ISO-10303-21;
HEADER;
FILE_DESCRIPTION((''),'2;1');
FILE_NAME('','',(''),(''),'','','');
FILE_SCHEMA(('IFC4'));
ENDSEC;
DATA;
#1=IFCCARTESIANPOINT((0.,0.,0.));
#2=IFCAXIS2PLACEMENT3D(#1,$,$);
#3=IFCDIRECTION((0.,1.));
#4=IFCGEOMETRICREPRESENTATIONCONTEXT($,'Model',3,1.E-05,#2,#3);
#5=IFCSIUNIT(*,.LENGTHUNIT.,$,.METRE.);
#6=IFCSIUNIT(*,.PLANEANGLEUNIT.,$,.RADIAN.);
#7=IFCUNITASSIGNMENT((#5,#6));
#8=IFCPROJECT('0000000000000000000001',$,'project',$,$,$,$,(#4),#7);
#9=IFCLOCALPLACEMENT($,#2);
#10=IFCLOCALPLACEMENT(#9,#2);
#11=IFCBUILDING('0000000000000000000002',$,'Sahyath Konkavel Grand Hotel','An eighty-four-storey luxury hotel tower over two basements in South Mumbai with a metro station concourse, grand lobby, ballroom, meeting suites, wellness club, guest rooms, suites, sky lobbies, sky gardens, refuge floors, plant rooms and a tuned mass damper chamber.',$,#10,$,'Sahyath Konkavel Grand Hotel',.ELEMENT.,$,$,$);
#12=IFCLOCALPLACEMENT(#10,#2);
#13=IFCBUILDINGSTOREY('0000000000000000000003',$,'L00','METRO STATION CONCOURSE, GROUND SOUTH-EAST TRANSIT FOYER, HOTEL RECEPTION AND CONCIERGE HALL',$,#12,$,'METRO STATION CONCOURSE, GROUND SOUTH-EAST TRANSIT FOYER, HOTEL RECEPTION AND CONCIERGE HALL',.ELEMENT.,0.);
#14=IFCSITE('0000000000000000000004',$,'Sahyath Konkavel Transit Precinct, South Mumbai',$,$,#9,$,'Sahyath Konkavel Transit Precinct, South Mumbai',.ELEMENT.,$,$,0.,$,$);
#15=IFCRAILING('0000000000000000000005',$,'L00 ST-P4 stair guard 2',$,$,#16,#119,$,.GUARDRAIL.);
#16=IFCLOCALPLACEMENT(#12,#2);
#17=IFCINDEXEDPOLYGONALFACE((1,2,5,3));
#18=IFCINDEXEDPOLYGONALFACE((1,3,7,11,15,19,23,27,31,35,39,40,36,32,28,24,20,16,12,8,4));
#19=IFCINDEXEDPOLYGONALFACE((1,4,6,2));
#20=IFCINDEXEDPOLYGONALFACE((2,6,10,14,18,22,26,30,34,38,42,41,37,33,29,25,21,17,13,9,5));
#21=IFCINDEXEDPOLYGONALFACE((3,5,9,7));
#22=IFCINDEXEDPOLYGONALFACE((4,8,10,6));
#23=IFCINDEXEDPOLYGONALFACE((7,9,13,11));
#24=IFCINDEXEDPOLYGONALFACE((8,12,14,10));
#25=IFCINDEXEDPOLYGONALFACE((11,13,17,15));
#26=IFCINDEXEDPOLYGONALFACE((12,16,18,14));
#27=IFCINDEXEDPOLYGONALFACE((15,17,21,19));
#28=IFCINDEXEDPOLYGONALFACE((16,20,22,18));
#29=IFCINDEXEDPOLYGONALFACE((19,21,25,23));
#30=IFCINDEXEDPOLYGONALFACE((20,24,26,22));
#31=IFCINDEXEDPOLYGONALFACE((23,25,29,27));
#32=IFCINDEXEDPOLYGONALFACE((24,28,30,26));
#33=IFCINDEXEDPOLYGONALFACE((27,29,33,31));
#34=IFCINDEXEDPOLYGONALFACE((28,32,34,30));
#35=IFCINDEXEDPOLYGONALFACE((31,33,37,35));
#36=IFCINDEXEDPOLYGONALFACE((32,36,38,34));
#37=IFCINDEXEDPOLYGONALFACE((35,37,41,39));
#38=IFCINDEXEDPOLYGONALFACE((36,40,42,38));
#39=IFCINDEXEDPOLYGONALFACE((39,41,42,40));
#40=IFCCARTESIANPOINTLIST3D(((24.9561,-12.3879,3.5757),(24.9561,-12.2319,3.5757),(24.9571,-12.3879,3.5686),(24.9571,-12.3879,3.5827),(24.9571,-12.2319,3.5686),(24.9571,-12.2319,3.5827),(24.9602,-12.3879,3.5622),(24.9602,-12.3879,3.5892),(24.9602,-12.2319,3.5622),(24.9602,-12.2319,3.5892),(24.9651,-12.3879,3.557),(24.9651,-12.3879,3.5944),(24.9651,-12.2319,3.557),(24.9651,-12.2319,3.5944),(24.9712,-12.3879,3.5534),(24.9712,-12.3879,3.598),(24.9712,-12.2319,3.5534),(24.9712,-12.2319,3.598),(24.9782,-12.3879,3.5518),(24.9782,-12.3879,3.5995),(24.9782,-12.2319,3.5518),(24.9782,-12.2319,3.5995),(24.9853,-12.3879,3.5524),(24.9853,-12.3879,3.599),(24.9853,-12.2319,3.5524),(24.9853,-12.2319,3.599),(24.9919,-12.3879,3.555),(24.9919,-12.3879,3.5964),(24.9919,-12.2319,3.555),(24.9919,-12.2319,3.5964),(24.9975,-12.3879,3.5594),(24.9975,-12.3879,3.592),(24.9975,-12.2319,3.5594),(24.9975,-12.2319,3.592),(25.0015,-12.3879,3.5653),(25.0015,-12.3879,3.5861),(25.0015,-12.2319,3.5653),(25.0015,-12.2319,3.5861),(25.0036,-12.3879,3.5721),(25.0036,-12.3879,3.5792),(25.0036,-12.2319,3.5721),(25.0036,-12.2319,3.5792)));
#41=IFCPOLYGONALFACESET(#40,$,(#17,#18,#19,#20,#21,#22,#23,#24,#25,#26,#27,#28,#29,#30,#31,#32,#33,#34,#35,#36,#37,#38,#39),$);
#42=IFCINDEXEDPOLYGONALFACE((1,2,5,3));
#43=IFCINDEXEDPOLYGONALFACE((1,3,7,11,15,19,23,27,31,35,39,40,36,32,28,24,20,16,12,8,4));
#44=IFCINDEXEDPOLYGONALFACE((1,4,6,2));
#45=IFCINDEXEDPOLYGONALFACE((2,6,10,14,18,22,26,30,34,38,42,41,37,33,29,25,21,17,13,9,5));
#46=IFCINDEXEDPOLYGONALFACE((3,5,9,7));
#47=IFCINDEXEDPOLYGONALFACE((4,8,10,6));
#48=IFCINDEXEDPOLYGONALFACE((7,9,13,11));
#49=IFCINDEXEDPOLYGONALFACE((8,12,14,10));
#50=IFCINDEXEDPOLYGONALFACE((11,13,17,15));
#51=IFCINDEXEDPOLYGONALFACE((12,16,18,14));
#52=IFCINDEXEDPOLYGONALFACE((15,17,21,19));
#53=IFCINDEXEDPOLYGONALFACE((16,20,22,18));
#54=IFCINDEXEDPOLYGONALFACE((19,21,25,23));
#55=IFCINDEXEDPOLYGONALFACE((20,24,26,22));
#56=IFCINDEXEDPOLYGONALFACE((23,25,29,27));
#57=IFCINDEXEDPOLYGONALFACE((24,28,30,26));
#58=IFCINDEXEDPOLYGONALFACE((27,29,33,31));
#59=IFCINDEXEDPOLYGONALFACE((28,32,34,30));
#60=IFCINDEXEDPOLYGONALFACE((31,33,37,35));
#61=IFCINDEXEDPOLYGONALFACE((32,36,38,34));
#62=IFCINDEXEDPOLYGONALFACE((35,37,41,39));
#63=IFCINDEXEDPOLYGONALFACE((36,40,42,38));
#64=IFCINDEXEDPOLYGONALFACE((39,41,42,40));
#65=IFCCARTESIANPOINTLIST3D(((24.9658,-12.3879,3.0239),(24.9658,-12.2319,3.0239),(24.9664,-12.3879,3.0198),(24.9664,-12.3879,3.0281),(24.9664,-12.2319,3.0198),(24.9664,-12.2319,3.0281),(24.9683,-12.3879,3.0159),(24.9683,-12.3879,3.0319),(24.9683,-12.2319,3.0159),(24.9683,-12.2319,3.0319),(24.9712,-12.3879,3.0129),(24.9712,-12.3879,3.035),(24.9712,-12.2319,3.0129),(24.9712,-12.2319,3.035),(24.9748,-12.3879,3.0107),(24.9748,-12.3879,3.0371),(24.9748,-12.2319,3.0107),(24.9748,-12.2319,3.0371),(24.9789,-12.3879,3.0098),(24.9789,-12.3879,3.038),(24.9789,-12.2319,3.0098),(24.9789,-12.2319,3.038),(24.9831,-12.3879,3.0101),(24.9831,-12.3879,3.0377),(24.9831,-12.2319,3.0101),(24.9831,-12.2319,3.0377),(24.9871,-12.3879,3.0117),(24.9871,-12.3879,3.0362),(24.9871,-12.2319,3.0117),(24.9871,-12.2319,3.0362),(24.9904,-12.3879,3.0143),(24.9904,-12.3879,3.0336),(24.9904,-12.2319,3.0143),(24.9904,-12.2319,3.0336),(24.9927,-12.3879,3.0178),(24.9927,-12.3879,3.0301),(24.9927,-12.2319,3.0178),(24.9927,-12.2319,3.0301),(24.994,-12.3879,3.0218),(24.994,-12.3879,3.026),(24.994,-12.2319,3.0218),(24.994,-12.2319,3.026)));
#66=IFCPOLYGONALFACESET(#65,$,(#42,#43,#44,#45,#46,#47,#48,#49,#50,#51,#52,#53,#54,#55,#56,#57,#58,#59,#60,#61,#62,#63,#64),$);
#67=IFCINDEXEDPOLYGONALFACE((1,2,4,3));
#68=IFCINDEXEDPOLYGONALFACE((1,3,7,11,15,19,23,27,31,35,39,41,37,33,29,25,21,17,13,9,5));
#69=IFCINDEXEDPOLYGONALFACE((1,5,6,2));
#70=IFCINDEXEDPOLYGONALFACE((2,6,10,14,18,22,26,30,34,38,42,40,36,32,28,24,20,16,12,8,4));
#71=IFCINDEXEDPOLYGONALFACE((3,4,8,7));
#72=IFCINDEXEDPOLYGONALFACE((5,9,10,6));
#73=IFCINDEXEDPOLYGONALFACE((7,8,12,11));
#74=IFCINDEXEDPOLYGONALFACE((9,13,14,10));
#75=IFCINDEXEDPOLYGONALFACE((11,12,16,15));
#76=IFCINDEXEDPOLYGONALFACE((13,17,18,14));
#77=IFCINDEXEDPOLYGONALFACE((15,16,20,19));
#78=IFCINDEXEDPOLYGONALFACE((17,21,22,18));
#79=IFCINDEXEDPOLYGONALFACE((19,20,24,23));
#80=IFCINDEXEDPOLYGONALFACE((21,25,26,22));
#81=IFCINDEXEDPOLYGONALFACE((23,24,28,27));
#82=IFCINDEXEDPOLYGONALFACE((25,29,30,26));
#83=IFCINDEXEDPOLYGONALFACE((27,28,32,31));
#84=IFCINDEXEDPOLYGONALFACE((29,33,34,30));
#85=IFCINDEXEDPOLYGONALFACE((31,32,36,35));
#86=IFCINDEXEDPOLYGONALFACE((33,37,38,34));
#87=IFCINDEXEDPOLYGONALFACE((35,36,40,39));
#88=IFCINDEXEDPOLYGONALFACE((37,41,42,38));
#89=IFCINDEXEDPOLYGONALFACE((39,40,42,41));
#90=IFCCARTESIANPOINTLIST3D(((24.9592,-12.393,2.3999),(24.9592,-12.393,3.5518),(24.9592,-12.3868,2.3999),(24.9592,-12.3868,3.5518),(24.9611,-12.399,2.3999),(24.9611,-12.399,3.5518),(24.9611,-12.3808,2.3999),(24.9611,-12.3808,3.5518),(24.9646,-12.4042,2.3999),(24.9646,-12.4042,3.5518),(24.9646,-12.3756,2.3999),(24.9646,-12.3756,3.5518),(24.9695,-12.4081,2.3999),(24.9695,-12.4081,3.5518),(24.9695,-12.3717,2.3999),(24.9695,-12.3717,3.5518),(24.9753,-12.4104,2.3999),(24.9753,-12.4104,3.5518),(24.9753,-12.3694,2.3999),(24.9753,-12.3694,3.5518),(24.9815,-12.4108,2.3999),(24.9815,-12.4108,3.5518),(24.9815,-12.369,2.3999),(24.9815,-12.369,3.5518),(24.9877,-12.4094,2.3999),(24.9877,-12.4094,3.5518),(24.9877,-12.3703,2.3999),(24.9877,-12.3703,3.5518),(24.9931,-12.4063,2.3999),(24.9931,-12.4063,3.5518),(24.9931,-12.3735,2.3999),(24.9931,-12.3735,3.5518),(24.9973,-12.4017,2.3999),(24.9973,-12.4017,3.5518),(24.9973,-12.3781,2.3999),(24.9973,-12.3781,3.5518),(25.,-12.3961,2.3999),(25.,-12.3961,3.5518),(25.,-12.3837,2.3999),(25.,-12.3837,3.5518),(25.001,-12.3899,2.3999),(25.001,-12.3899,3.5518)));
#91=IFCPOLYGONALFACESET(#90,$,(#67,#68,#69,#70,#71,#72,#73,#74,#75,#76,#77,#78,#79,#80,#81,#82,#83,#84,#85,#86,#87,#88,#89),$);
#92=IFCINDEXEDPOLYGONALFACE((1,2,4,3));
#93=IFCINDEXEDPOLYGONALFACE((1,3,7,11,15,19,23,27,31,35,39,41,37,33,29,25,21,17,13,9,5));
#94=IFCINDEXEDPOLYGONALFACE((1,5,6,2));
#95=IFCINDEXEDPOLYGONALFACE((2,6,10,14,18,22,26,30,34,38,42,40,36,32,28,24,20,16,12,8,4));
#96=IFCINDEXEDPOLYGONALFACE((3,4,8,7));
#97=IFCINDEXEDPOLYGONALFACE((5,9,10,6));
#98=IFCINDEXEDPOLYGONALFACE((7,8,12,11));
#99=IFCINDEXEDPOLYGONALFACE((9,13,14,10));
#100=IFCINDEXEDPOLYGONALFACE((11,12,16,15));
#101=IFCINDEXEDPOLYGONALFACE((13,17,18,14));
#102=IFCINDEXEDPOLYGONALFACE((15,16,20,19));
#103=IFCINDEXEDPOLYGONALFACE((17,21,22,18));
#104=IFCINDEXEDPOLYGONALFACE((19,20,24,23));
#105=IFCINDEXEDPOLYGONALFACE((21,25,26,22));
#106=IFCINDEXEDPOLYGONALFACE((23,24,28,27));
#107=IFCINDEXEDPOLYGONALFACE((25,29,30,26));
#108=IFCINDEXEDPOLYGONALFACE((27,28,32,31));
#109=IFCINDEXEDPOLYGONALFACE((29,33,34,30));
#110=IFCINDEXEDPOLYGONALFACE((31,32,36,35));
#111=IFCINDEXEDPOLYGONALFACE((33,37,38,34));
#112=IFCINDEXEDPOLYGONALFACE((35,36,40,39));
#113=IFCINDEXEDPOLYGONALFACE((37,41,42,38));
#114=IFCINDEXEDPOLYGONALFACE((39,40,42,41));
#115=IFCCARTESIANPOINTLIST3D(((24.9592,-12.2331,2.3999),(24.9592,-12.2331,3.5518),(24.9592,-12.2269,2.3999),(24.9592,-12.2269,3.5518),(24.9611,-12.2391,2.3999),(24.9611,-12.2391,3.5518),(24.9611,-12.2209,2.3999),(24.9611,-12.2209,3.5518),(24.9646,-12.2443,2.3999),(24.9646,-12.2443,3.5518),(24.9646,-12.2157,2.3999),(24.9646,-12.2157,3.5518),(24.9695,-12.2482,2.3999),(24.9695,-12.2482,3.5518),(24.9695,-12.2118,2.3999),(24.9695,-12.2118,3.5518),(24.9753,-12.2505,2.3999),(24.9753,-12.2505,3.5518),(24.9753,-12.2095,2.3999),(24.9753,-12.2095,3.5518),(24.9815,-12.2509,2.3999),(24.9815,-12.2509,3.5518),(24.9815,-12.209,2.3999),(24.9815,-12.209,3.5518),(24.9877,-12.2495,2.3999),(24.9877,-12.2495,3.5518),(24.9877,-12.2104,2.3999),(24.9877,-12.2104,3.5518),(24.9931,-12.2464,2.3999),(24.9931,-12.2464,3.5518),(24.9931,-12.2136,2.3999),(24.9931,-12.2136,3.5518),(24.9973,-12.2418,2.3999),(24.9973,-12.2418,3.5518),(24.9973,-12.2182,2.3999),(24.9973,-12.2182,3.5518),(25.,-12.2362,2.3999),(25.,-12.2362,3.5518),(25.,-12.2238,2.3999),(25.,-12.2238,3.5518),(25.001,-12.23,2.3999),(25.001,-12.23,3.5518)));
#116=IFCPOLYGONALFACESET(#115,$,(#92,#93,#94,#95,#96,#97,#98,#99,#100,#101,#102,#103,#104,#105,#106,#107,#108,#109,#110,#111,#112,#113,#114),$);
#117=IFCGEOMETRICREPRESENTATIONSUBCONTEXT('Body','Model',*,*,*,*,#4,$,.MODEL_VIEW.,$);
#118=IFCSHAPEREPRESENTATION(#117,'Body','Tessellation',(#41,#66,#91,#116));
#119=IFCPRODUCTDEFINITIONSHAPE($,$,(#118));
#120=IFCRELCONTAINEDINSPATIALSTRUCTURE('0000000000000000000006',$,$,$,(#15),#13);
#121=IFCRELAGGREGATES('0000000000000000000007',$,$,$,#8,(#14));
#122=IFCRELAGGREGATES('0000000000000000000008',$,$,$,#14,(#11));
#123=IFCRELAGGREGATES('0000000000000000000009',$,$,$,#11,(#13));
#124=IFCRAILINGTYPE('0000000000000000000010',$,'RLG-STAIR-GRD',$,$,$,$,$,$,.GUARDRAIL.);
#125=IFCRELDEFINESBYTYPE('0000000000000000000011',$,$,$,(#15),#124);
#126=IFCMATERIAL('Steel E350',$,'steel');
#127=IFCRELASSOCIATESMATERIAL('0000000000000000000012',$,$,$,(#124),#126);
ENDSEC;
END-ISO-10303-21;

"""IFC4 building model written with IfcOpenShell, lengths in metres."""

from ifc_helpers import new_model, si_unit, direction, frame, origin, origin_2d, place, context, subcontext, project, spatial, circle, extrude, material, type_object, element, save


model = new_model("IFC4")

# Units and contexts
model_context = context("Model", 3, precision=1e-05, world=origin(), true_north=direction((0.0, 1.0)))
body_context = subcontext(model_context, "Body", "Model", "MODEL_VIEW")
ifc_project = project(units=[si_unit("LENGTHUNIT", "METRE"), si_unit("PLANEANGLEUNIT", "RADIAN")], contexts=[model_context])

# Site, building, storey
site_placement = place(None, origin())
site = spatial("IfcSite", under=ifc_project, at=site_placement, Name="Sahyath Konkavel Transit Precinct, South Mumbai", LongName="Sahyath Konkavel Transit Precinct, South Mumbai", CompositionType="ELEMENT", RefElevation=0.0)
building_placement = place(site_placement, origin())
building = spatial("IfcBuilding", under=site, at=building_placement, Name="Sahyath Konkavel Grand Hotel", Description="An eighty-four-storey luxury hotel tower over two basements in South Mumbai with a metro station concourse, grand lobby, ballroom, meeting suites, wellness club, guest rooms, suites, sky lobbies, sky gardens, refuge floors, plant rooms and a tuned mass damper chamber.", LongName="Sahyath Konkavel Grand Hotel", CompositionType="ELEMENT")
storey_placement = place(building_placement, origin())
storey = spatial("IfcBuildingStorey", under=building, at=storey_placement, Name="L00", Description="METRO STATION CONCOURSE, GROUND SOUTH-EAST TRANSIT FOYER, HOTEL RECEPTION AND CONCIERGE HALL", LongName="METRO STATION CONCOURSE, GROUND SOUTH-EAST TRANSIT FOYER, HOTEL RECEPTION AND CONCIERGE HALL", CompositionType="ELEMENT", Elevation=0.0)

# Shared definitions
ifc_material_1 = material(Name="Steel E350", Category="steel")

# Railing
railing_type_1 = type_object("IfcRailingType", Name="RLG-STAIR-GRD", PredefinedType="GUARDRAIL", material=ifc_material_1)
railing_1_placement = place(storey_placement, frame((24.98, -12.3899, 2.3999)))
element("IfcRailing", 1, at=railing_1_placement, inside=storey, type_object=railing_type_1, Name="L00 ST-P4 stair guard 2", PredefinedType="GUARDRAIL", context=body_context, shape_type="SweptSolid", body=[
    extrude(circle(Radius=0.0239, at=origin_2d()), frame((0.0, 0.002, 1.1758), z_axis=(0.0, 1.0, 0.0), x_axis=(-1.0, 0.0, 0.0)), (0.0, 0.0, 1.0), 0.156),
    extrude(circle(Radius=0.0142, at=origin_2d()), frame((0.0, 0.002, 0.624), z_axis=(0.0, 1.0, 0.0), x_axis=(-1.0, 0.0, 0.0)), (0.0, 0.0, 1.0), 0.156),
    extrude(circle(Radius=0.021, at=origin_2d()), origin(), (0.0, 0.0, 1.0), 1.1519),
    extrude(circle(Radius=0.021, at=origin_2d()), frame((0.0, 0.1599, 0.0)), (0.0, 0.0, 1.0), 1.1519),
])

save(model, "model.ifc")
